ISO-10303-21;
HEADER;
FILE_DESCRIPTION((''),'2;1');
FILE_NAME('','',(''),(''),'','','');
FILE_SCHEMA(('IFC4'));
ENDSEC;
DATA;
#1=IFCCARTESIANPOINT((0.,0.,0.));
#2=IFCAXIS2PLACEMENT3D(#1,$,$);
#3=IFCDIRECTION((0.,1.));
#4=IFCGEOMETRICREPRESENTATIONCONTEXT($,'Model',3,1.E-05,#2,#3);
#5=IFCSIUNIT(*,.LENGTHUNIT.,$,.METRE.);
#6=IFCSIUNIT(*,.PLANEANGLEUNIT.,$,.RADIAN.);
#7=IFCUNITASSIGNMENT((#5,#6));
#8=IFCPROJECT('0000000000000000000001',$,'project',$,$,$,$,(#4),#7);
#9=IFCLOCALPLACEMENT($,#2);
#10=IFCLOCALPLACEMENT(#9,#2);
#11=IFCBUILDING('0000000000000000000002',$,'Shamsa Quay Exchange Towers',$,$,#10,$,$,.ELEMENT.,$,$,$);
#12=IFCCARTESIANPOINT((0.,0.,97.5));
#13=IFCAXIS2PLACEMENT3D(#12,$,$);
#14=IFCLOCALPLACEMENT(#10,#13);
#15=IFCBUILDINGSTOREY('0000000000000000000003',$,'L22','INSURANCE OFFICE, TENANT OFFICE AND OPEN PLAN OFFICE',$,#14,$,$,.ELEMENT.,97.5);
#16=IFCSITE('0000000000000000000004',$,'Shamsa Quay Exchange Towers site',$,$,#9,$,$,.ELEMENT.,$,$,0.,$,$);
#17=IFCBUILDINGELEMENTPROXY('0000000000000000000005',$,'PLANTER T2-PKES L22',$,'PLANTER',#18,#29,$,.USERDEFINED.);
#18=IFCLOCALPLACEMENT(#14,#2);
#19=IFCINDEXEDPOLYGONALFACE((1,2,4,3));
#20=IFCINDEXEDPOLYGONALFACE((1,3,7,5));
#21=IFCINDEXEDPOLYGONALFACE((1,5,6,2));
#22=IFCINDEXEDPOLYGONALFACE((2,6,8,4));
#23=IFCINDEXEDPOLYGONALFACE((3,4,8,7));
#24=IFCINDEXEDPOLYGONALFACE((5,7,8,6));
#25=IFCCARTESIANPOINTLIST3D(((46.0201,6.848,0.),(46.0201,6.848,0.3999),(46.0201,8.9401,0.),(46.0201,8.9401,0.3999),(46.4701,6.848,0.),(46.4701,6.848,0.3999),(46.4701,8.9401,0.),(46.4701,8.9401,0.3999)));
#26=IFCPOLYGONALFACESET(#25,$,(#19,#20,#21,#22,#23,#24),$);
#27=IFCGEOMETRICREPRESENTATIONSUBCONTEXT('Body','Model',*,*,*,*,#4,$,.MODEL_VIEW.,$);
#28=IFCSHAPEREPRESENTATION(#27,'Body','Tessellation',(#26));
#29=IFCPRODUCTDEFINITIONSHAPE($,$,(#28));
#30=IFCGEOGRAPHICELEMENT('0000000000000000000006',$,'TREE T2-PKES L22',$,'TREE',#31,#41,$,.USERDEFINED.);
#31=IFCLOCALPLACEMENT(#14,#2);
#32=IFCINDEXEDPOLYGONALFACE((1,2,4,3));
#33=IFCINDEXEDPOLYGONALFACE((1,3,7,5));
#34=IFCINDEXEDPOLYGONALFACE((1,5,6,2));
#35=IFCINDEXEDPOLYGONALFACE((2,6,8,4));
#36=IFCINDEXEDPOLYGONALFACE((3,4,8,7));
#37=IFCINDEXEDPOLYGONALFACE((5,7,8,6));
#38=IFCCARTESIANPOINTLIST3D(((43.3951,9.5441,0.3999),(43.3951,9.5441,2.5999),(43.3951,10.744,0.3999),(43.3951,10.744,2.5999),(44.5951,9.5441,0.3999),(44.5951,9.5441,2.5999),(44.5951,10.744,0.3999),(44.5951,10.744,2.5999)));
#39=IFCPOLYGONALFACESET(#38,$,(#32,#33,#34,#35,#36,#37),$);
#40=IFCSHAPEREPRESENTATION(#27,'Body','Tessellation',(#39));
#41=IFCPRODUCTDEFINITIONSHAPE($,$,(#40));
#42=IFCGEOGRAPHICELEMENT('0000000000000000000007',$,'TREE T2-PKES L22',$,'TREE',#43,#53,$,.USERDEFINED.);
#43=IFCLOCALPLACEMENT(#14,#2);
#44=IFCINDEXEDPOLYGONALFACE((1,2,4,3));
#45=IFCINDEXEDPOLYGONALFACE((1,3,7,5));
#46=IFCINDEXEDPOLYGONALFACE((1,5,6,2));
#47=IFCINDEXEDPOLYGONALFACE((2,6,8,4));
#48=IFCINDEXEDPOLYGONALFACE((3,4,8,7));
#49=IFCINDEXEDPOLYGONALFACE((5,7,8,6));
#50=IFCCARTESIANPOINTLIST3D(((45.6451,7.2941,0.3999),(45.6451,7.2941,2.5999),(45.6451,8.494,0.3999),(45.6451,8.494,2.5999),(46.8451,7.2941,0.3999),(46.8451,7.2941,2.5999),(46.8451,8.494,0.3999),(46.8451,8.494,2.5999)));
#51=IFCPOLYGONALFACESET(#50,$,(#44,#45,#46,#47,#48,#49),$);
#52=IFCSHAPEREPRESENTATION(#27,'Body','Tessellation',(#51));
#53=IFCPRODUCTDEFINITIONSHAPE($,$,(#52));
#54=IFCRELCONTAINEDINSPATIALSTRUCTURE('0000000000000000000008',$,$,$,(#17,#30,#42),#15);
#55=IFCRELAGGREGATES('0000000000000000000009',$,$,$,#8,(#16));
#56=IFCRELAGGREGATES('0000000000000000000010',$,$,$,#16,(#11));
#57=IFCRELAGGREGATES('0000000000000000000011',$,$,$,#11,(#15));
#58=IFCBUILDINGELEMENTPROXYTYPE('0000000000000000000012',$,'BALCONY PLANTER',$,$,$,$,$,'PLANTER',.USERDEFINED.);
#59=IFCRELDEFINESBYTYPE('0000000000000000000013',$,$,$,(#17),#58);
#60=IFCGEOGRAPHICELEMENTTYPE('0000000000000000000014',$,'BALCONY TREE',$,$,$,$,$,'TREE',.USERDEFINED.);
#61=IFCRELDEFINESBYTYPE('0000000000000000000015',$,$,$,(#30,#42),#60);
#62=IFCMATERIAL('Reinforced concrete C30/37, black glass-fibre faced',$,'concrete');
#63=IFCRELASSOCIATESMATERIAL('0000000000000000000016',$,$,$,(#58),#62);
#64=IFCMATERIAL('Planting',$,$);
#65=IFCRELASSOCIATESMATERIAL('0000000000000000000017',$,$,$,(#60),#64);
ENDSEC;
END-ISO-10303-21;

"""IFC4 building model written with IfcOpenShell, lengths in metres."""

from ifc_helpers import new_model, si_unit, direction, frame, origin, origin_2d, place, context, subcontext, project, spatial, rectangle, extrude, material, type_object, element, save


model = new_model("IFC4")

# Units and contexts
model_context = context("Model", 3, precision=1e-05, world=origin(), true_north=direction((0.0, 1.0)))
body_context = subcontext(model_context, "Body", "Model", "MODEL_VIEW")
ifc_project = project(units=[si_unit("LENGTHUNIT", "METRE"), si_unit("PLANEANGLEUNIT", "RADIAN")], contexts=[model_context])

# Site, building, storey
site_placement = place(None, origin())
site = spatial("IfcSite", under=ifc_project, at=site_placement, Name="Shamsa Quay Exchange Towers site", CompositionType="ELEMENT", RefElevation=0.0)
building_placement = place(site_placement, origin())
building = spatial("IfcBuilding", under=site, at=building_placement, Name="Shamsa Quay Exchange Towers", CompositionType="ELEMENT")
storey_placement = place(building_placement, frame((0.0, 0.0, 97.5)))
storey = spatial("IfcBuildingStorey", under=building, at=storey_placement, Name="L22", Description="INSURANCE OFFICE, TENANT OFFICE AND OPEN PLAN OFFICE", CompositionType="ELEMENT", Elevation=97.5)

# Building element proxy
ifc_material_1 = material(Name="Reinforced concrete C30/37, black glass-fibre faced", Category="concrete")
building_element_proxy_type = type_object("IfcBuildingElementProxyType", Name="BALCONY PLANTER", ElementType="PLANTER", PredefinedType="USERDEFINED", material=ifc_material_1)
for number, where, z_axis, x_axis, name in (
    (1, (46.2451, 7.894, 0.0), (0.0, 0.0, 1.0), (0.0, 1.0, 0.0), "PLANTER T2-PKES L22"),
):
    element("IfcBuildingElementProxy", number, at=place(storey_placement, frame(where, z_axis=z_axis, x_axis=x_axis)), inside=storey, type_object=building_element_proxy_type, Name=name, ObjectType="PLANTER", PredefinedType="USERDEFINED", context=body_context, shape_type="SweptSolid", body=[
        extrude(rectangle(XDim=2.092, YDim=0.45, at=origin_2d()), origin(), (0.0, 0.0, 1.0), 0.3999),
    ])

# Geographic elements
ifc_material_2 = material(Name="Planting")
geographic_element_type = type_object("IfcGeographicElementType", Name="BALCONY TREE", ElementType="TREE", PredefinedType="USERDEFINED", material=ifc_material_2)
for number, where, z_axis, x_axis, name in (
    (2, (43.9951, 10.144, 0.3999), (0.0, 0.0, 1.0), (0.0, 1.0, 0.0), "TREE T2-PKES L22"),
    (3, (46.2451, 7.894, 0.3999), (0.0, 0.0, 1.0), (0.0, 1.0, 0.0), "TREE T2-PKES L22"),
):
    element("IfcGeographicElement", number, at=place(storey_placement, frame(where, z_axis=z_axis, x_axis=x_axis)), inside=storey, type_object=geographic_element_type, Name=name, ObjectType="TREE", PredefinedType="USERDEFINED", context=body_context, shape_type="SweptSolid", body=[
        extrude(rectangle(XDim=1.2, YDim=1.2, at=origin_2d()), origin(), (0.0, 0.0, 1.0), 2.2),
    ])

save(model, "model.ifc")
